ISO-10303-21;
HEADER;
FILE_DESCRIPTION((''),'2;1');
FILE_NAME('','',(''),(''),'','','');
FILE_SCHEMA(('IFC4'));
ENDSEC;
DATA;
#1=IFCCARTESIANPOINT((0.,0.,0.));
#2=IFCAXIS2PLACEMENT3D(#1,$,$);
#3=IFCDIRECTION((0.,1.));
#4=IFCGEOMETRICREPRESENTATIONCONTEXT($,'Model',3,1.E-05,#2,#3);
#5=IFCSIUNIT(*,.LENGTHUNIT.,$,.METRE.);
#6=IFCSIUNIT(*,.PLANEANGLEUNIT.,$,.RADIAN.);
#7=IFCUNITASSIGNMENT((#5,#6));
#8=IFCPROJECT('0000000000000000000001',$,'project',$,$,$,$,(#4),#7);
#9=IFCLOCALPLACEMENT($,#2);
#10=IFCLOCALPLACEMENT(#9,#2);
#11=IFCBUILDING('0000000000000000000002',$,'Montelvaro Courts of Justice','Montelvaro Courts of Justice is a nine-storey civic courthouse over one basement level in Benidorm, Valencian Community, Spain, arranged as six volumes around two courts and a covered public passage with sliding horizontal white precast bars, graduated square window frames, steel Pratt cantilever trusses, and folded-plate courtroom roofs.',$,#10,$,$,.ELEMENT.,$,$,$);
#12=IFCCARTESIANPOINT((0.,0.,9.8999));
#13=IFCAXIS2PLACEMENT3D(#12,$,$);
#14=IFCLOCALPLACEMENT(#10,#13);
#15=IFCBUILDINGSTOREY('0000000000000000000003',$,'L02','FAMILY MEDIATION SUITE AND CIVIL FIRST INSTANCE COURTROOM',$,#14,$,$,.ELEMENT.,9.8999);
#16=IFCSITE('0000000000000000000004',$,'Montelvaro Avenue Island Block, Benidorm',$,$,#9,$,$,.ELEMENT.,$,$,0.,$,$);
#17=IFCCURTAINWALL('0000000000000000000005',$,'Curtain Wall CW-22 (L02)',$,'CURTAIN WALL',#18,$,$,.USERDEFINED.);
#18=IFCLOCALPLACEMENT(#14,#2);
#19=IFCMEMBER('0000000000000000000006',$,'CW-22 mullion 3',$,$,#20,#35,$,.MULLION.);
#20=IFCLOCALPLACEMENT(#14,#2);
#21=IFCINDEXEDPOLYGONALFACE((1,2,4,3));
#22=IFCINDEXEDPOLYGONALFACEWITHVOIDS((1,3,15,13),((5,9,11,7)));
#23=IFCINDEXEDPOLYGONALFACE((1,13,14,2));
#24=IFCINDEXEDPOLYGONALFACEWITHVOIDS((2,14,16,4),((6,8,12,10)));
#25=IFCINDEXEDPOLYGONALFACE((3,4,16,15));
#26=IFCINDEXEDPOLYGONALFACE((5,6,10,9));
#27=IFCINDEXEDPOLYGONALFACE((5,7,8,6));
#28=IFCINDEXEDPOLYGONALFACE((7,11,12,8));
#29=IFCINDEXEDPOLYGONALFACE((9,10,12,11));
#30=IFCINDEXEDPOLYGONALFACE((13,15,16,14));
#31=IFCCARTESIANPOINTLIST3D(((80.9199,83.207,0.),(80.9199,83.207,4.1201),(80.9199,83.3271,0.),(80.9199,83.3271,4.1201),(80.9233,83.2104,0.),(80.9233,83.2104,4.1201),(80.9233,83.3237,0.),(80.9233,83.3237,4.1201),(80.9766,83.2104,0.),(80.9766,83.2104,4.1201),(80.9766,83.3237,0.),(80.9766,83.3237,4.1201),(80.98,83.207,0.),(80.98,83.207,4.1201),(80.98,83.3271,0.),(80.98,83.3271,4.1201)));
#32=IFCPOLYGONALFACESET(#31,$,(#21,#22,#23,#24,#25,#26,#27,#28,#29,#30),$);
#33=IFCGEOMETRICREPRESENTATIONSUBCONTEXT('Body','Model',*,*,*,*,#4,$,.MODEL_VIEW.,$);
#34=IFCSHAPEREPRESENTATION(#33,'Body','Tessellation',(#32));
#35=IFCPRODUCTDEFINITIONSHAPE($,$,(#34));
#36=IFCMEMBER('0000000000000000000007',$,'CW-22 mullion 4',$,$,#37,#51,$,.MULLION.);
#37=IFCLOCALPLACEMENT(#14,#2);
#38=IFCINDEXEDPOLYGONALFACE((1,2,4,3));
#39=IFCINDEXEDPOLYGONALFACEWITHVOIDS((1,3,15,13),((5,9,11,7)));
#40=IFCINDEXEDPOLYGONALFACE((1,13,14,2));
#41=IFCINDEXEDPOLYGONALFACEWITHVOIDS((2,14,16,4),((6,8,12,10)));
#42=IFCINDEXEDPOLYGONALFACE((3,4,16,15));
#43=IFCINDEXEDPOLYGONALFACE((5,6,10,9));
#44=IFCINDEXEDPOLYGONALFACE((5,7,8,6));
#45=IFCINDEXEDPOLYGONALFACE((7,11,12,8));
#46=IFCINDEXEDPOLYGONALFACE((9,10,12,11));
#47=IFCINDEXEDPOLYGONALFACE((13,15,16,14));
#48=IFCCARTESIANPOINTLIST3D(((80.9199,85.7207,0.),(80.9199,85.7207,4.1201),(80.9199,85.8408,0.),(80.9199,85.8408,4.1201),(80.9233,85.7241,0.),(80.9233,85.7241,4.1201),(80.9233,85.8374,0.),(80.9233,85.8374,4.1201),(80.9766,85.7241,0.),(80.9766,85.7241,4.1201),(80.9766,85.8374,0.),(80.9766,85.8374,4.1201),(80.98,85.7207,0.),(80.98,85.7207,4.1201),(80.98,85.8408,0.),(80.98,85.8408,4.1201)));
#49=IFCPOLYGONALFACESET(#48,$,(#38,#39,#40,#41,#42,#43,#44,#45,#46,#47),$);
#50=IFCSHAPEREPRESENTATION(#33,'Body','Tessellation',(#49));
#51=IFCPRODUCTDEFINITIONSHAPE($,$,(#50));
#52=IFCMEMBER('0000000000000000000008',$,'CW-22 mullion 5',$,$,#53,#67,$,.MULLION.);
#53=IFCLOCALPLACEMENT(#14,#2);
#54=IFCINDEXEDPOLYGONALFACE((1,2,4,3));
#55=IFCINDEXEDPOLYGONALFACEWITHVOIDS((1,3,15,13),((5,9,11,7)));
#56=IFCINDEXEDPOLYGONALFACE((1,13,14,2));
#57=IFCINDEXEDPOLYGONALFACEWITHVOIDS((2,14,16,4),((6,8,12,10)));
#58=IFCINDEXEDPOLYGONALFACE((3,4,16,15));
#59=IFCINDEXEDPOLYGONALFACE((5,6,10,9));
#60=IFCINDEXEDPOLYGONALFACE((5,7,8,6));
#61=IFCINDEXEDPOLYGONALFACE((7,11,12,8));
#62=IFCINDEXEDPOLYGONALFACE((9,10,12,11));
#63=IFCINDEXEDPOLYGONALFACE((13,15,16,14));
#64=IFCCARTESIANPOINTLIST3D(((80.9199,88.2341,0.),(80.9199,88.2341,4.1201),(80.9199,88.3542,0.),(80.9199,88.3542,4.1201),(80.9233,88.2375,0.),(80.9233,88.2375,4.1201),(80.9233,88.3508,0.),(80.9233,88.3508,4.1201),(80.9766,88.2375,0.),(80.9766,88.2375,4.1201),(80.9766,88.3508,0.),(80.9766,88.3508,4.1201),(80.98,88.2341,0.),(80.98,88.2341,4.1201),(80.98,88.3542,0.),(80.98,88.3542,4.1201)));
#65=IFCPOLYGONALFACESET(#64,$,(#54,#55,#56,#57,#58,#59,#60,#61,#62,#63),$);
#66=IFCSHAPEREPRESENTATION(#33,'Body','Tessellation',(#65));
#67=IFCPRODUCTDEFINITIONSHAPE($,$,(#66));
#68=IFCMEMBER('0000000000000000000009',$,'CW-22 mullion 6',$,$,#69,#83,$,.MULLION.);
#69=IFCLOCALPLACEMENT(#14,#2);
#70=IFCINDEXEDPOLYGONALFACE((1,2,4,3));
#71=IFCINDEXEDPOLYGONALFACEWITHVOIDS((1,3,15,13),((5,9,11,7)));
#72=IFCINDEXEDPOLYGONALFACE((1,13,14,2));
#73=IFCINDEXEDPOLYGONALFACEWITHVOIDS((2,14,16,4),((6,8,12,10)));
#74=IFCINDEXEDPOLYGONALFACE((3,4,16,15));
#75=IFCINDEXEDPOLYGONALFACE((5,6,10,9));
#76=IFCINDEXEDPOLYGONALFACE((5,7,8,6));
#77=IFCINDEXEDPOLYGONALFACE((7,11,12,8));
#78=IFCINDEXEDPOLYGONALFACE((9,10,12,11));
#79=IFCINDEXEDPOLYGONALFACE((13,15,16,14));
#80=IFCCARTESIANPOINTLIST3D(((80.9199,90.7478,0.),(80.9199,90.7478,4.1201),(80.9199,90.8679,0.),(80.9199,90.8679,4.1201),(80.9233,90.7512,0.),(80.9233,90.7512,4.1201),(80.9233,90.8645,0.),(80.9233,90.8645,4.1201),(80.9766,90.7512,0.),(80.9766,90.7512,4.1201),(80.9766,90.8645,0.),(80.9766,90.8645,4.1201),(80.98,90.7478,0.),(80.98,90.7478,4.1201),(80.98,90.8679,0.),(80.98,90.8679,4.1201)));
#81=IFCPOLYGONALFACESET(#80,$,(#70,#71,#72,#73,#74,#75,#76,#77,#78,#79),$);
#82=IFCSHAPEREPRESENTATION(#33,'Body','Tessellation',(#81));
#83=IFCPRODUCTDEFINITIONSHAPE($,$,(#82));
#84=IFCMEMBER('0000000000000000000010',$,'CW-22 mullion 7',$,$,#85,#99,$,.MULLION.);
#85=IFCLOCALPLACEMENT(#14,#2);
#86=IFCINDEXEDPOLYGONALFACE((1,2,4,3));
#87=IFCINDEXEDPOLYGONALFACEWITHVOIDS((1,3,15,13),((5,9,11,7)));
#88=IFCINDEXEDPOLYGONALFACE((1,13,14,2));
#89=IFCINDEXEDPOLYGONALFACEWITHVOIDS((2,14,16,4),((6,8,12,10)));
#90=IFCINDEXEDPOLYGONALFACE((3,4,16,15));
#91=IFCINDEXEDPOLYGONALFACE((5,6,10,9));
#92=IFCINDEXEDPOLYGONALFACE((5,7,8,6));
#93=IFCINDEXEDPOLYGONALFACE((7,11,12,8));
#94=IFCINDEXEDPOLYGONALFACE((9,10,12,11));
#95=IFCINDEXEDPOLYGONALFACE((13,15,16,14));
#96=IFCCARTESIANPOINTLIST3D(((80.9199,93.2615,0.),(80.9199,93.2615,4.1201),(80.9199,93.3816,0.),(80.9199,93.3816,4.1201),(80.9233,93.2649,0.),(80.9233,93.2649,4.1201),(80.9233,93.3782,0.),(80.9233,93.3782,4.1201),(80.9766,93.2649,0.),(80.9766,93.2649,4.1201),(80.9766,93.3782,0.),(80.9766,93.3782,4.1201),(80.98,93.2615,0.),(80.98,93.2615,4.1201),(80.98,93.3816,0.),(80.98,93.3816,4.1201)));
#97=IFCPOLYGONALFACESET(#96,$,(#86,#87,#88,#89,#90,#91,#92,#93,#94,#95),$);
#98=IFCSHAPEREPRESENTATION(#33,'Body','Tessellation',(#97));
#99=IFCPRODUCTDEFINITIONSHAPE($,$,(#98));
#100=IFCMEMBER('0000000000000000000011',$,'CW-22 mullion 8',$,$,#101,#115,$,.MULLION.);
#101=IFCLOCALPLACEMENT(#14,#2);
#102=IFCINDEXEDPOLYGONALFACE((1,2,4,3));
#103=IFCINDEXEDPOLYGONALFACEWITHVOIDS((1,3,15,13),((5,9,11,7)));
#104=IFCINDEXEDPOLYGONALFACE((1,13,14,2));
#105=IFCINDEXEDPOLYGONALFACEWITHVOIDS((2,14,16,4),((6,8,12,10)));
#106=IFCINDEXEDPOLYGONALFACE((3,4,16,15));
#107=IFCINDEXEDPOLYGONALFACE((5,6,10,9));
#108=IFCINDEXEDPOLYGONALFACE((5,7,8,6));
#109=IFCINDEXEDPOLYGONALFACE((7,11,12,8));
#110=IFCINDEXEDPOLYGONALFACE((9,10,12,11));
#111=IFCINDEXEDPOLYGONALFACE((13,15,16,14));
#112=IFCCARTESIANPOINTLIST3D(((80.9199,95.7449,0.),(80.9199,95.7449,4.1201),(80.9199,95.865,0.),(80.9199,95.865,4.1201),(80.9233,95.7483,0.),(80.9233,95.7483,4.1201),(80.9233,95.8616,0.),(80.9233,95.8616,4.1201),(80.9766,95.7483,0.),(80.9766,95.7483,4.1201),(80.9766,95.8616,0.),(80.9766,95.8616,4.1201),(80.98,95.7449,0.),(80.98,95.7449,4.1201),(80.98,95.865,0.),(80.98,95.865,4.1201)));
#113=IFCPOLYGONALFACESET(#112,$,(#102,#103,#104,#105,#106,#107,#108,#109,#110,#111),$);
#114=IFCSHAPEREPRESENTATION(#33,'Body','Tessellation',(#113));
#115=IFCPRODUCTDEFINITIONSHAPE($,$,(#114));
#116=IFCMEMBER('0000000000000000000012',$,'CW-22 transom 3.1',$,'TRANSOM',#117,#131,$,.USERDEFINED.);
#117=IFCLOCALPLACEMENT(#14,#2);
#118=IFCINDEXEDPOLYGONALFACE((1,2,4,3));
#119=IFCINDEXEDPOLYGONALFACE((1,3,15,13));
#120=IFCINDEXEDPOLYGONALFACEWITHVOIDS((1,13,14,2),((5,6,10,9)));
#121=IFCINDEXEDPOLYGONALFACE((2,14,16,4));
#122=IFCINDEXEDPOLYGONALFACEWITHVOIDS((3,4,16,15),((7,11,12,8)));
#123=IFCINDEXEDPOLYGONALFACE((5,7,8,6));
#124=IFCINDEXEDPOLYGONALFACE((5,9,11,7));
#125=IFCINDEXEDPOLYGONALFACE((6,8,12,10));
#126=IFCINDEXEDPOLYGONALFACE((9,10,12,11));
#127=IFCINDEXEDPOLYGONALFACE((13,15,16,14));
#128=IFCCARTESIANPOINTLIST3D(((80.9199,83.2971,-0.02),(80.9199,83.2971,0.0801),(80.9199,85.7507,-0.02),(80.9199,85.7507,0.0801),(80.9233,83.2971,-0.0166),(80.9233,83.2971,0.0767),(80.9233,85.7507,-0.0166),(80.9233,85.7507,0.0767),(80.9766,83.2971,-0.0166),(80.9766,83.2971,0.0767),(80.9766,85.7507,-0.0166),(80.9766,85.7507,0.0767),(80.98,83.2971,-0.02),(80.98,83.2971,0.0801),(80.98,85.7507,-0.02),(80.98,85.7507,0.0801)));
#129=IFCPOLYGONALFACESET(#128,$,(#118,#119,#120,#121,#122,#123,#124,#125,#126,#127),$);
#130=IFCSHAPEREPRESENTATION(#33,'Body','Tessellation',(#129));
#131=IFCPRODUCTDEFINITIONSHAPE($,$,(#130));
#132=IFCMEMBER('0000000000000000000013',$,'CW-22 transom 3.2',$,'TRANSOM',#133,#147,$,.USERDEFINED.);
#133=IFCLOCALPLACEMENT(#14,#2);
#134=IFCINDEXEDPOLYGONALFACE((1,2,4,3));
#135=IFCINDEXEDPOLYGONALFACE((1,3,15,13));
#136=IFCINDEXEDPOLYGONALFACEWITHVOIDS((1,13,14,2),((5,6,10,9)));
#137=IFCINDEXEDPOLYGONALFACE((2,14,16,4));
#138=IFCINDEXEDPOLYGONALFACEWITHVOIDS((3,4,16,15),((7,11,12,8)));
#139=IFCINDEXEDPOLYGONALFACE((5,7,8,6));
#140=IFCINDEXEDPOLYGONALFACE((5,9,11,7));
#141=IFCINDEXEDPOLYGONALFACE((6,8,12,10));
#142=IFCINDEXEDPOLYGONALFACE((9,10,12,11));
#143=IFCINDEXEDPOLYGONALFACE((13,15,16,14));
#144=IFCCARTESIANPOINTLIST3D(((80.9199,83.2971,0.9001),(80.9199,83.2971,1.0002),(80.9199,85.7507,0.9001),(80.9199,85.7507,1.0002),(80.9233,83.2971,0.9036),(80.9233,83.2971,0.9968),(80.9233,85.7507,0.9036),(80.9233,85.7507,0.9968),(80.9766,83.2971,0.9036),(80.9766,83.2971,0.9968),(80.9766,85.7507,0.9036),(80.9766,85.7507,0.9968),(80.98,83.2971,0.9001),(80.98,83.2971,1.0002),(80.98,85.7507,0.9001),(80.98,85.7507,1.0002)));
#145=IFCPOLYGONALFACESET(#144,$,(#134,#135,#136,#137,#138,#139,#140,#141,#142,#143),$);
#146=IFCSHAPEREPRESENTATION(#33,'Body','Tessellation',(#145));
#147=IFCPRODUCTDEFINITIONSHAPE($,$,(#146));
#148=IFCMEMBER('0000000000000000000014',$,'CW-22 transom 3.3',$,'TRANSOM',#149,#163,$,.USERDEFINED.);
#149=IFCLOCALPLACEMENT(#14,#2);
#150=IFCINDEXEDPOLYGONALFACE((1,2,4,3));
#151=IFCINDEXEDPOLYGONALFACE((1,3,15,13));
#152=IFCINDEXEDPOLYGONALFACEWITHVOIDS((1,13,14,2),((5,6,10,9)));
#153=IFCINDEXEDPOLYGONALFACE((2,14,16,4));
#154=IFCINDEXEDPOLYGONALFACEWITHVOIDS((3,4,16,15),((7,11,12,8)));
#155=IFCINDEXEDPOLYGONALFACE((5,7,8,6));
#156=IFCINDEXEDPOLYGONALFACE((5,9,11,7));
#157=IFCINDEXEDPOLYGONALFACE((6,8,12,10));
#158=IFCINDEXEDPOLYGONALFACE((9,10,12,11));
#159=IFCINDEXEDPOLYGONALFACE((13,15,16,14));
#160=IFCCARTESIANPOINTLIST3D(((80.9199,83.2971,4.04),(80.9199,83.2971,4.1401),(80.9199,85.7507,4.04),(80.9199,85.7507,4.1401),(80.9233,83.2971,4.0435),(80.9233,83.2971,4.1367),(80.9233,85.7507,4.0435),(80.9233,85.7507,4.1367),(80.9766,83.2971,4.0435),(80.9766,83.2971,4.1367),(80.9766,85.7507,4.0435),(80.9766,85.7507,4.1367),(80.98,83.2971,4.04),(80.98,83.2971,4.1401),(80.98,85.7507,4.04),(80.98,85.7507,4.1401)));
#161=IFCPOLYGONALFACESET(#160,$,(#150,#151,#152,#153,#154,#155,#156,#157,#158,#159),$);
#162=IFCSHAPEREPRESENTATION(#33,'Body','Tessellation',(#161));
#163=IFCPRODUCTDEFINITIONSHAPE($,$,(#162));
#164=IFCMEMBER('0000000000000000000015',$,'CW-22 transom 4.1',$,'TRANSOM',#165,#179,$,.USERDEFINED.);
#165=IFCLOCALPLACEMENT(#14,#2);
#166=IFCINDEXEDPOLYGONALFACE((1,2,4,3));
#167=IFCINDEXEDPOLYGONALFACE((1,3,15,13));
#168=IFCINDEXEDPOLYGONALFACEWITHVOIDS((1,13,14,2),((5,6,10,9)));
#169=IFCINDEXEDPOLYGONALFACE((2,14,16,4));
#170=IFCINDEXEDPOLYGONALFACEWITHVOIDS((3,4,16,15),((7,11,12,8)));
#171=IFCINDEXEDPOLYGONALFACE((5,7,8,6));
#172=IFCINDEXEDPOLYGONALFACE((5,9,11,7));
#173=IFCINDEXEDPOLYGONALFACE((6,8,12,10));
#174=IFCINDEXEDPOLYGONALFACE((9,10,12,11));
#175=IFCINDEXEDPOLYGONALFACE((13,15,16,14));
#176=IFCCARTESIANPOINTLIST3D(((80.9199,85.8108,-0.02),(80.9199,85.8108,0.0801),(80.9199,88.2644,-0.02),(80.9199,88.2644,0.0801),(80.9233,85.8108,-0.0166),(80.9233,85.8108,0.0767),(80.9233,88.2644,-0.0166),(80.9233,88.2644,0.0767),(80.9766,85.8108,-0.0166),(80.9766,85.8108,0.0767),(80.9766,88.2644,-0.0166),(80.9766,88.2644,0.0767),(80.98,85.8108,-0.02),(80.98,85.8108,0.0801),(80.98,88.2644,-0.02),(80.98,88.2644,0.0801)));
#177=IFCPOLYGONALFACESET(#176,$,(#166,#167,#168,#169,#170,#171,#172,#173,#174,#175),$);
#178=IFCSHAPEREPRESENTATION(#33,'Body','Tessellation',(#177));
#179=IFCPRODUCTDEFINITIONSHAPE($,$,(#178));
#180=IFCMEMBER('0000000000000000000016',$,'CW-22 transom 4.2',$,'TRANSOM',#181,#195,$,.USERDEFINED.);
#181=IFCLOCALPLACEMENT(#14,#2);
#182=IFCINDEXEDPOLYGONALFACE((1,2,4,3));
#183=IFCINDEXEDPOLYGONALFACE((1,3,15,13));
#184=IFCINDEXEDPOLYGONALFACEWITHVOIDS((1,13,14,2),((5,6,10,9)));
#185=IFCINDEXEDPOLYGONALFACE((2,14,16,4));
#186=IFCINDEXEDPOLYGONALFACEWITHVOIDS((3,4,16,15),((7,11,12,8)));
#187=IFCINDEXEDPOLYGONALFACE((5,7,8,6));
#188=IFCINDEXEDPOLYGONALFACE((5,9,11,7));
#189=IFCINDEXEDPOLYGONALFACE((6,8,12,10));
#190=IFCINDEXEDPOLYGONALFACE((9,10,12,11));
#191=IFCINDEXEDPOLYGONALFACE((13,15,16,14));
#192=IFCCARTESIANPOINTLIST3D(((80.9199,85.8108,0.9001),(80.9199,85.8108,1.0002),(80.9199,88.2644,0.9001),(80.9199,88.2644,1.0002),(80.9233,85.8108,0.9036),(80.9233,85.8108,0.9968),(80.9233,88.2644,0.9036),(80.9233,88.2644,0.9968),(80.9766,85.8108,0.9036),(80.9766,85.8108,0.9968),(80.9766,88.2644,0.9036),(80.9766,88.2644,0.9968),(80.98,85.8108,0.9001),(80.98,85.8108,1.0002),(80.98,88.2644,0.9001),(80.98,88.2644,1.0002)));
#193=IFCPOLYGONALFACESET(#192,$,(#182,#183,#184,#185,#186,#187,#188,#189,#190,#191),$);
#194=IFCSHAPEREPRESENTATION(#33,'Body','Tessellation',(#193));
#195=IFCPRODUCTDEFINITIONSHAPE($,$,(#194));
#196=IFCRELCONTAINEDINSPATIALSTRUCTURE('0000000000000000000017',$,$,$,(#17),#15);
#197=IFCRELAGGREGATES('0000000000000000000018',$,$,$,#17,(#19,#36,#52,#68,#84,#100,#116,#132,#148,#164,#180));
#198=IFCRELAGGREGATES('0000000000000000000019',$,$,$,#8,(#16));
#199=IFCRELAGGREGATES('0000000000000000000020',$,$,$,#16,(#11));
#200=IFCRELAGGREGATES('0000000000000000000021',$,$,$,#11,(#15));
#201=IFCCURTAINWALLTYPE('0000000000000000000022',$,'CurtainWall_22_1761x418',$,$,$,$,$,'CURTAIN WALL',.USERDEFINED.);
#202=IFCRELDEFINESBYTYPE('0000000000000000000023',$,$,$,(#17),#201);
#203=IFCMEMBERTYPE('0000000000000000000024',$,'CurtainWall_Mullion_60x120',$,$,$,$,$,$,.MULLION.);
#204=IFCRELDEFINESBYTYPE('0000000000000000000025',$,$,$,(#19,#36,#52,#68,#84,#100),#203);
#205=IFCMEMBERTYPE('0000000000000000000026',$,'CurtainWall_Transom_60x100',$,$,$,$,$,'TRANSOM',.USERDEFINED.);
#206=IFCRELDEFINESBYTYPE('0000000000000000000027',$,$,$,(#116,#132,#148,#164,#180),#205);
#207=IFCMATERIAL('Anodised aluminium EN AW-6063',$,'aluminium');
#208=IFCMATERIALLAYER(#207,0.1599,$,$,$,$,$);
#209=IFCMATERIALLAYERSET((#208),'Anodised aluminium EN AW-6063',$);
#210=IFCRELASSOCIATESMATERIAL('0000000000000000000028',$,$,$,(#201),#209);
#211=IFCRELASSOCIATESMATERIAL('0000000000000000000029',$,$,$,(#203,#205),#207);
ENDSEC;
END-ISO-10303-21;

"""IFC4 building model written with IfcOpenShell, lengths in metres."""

from ifc_helpers import new_model, si_unit, direction, frame, origin, origin_2d, place, context, subcontext, project, spatial, hollow_rectangle, extrude, material, layer, layer_set, material_profile, profile_set, type_object, element, aggregate, save


model = new_model("IFC4")

# Units and contexts
model_context = context("Model", 3, precision=1e-05, world=origin(), true_north=direction((0.0, 1.0)))
body_context = subcontext(model_context, "Body", "Model", "MODEL_VIEW")
ifc_project = project(units=[si_unit("LENGTHUNIT", "METRE"), si_unit("PLANEANGLEUNIT", "RADIAN")], contexts=[model_context])

# Site, building, storey
site_placement = place(None, origin())
site = spatial("IfcSite", under=ifc_project, at=site_placement, Name="Montelvaro Avenue Island Block, Benidorm", CompositionType="ELEMENT", RefElevation=0.0)
building_placement = place(site_placement, origin())
building = spatial("IfcBuilding", under=site, at=building_placement, Name="Montelvaro Courts of Justice", Description="Montelvaro Courts of Justice is a nine-storey civic courthouse over one basement level in Benidorm, Valencian Community, Spain, arranged as six volumes around two courts and a covered public passage with sliding horizontal white precast bars, graduated square window frames, steel Pratt cantilever trusses, and folded-plate courtroom roofs.", CompositionType="ELEMENT")
storey_placement = place(building_placement, frame((0.0, 0.0, 9.8999)))
storey = spatial("IfcBuildingStorey", under=building, at=storey_placement, Name="L02", Description="FAMILY MEDIATION SUITE AND CIVIL FIRST INSTANCE COURTROOM", CompositionType="ELEMENT", Elevation=9.8999)

# Curtain wall, members
ifc_material_1 = material(Name="Anodised aluminium EN AW-6063", Category="aluminium")
ifc_layer_1 = layer(ifc_material_1, 0.1599)
ifc_layer_set_1 = layer_set([ifc_layer_1], Name="Anodised aluminium EN AW-6063")
curtain_wall_type = type_object("IfcCurtainWallType", Name="CurtainWall_22_1761x418", ElementType="CURTAIN WALL", PredefinedType="USERDEFINED", material=ifc_layer_set_1)
curtain_wall_placement = place(storey_placement, origin())
curtain_wall = element("IfcCurtainWall", 1, at=curtain_wall_placement, inside=storey, type_object=curtain_wall_type, Name="Curtain Wall CW-22 (L02)", ObjectType="CURTAIN WALL", PredefinedType="USERDEFINED")
ifc_material_profile_1 = material_profile(ifc_material_1, hollow_rectangle(XDim=0.0601, YDim=0.1201, WallThickness=0.0034, at=origin_2d()), Name="ALU-M 60x120")
ifc_profile_set_1 = profile_set([ifc_material_profile_1], Name="Anodised aluminium EN AW-6063")
member_type_1 = type_object("IfcMemberType", Name="CurtainWall_Mullion_60x120", PredefinedType="MULLION", material=ifc_profile_set_1)
member_1_placement = place(storey_placement, frame((80.95, 83.2671, 0.0), z_axis=(0.0, 0.0, 1.0), x_axis=(-1.0, 0.0, 0.0)))
member_1 = element("IfcMember", 2, at=member_1_placement, type_object=member_type_1, Name="CW-22 mullion 3", PredefinedType="MULLION", context=body_context, shape_type="SweptSolid", body=[
    extrude(hollow_rectangle(XDim=0.0601, YDim=0.1201, WallThickness=0.0034, at=origin_2d()), origin(), (0.0, 0.0, 1.0), 4.1201),
])
member_2_placement = place(storey_placement, frame((80.95, 85.7808, 0.0), z_axis=(0.0, 0.0, 1.0), x_axis=(-1.0, 0.0, 0.0)))
member_2 = element("IfcMember", 3, at=member_2_placement, type_object=member_type_1, Name="CW-22 mullion 4", PredefinedType="MULLION", context=body_context, shape_type="SweptSolid", body=[
    extrude(hollow_rectangle(XDim=0.0601, YDim=0.1201, WallThickness=0.0034, at=origin_2d()), origin(), (0.0, 0.0, 1.0), 4.1201),
])
member_3_placement = place(storey_placement, frame((80.95, 88.2942, 0.0), z_axis=(0.0, 0.0, 1.0), x_axis=(-1.0, 0.0, 0.0)))
member_3 = element("IfcMember", 4, at=member_3_placement, type_object=member_type_1, Name="CW-22 mullion 5", PredefinedType="MULLION", context=body_context, shape_type="SweptSolid", body=[
    extrude(hollow_rectangle(XDim=0.0601, YDim=0.1201, WallThickness=0.0034, at=origin_2d()), origin(), (0.0, 0.0, 1.0), 4.1201),
])
member_4_placement = place(storey_placement, frame((80.95, 90.8079, 0.0), z_axis=(0.0, 0.0, 1.0), x_axis=(-1.0, 0.0, 0.0)))
member_4 = element("IfcMember", 5, at=member_4_placement, type_object=member_type_1, Name="CW-22 mullion 6", PredefinedType="MULLION", context=body_context, shape_type="SweptSolid", body=[
    extrude(hollow_rectangle(XDim=0.0601, YDim=0.1201, WallThickness=0.0034, at=origin_2d()), origin(), (0.0, 0.0, 1.0), 4.1201),
])
member_5_placement = place(storey_placement, frame((80.95, 93.3215, 0.0), z_axis=(0.0, 0.0, 1.0), x_axis=(-1.0, 0.0, 0.0)))
member_5 = element("IfcMember", 6, at=member_5_placement, type_object=member_type_1, Name="CW-22 mullion 7", PredefinedType="MULLION", context=body_context, shape_type="SweptSolid", body=[
    extrude(hollow_rectangle(XDim=0.0601, YDim=0.1201, WallThickness=0.0034, at=origin_2d()), origin(), (0.0, 0.0, 1.0), 4.1201),
])
member_6_placement = place(storey_placement, frame((80.95, 95.8049, 0.0), z_axis=(0.0, 0.0, 1.0), x_axis=(-1.0, 0.0, 0.0)))
member_6 = element("IfcMember", 7, at=member_6_placement, type_object=member_type_1, Name="CW-22 mullion 8", PredefinedType="MULLION", context=body_context, shape_type="SweptSolid", body=[
    extrude(hollow_rectangle(XDim=0.0601, YDim=0.1201, WallThickness=0.0034, at=origin_2d()), origin(), (0.0, 0.0, 1.0), 4.1201),
])
ifc_material_profile_2 = material_profile(ifc_material_1, hollow_rectangle(XDim=0.0601, YDim=0.1001, WallThickness=0.0034, at=origin_2d()), Name="ALU-T 60x100")
ifc_profile_set_2 = profile_set([ifc_material_profile_2], Name="Anodised aluminium EN AW-6063")
member_type_2 = type_object("IfcMemberType", Name="CurtainWall_Transom_60x100", ElementType="TRANSOM", PredefinedType="USERDEFINED", material=ifc_profile_set_2)
member_7_placement = place(storey_placement, frame((80.95, 83.2971, 0.03), z_axis=(0.0, 1.0, 0.0), x_axis=(-1.0, 0.0, 0.0)))
member_7 = element("IfcMember", 8, at=member_7_placement, type_object=member_type_2, Name="CW-22 transom 3.1", ObjectType="TRANSOM", PredefinedType="USERDEFINED", context=body_context, shape_type="SweptSolid", body=[
    extrude(hollow_rectangle(XDim=0.0601, YDim=0.1001, WallThickness=0.0034, at=origin_2d()), origin(), (0.0, 0.0, 1.0), 2.4536),
])
member_8_placement = place(storey_placement, frame((80.95, 83.2971, 0.9502), z_axis=(0.0, 1.0, 0.0), x_axis=(-1.0, 0.0, 0.0)))
member_8 = element("IfcMember", 9, at=member_8_placement, type_object=member_type_2, Name="CW-22 transom 3.2", ObjectType="TRANSOM", PredefinedType="USERDEFINED", context=body_context, shape_type="SweptSolid", body=[
    extrude(hollow_rectangle(XDim=0.0601, YDim=0.1001, WallThickness=0.0034, at=origin_2d()), origin(), (0.0, 0.0, 1.0), 2.4536),
])
member_9_placement = place(storey_placement, frame((80.95, 83.2971, 4.0901), z_axis=(0.0, 1.0, 0.0), x_axis=(-1.0, 0.0, 0.0)))
member_9 = element("IfcMember", 10, at=member_9_placement, type_object=member_type_2, Name="CW-22 transom 3.3", ObjectType="TRANSOM", PredefinedType="USERDEFINED", context=body_context, shape_type="SweptSolid", body=[
    extrude(hollow_rectangle(XDim=0.0601, YDim=0.1001, WallThickness=0.0034, at=origin_2d()), origin(), (0.0, 0.0, 1.0), 2.4536),
])
member_10_placement = place(storey_placement, frame((80.95, 85.8108, 0.03), z_axis=(0.0, 1.0, 0.0), x_axis=(-1.0, 0.0, 0.0)))
member_10 = element("IfcMember", 11, at=member_10_placement, type_object=member_type_2, Name="CW-22 transom 4.1", ObjectType="TRANSOM", PredefinedType="USERDEFINED", context=body_context, shape_type="SweptSolid", body=[
    extrude(hollow_rectangle(XDim=0.0601, YDim=0.1001, WallThickness=0.0034, at=origin_2d()), origin(), (0.0, 0.0, 1.0), 2.4536),
])
member_11_placement = place(storey_placement, frame((80.95, 85.8108, 0.9502), z_axis=(0.0, 1.0, 0.0), x_axis=(-1.0, 0.0, 0.0)))
member_11 = element("IfcMember", 12, at=member_11_placement, type_object=member_type_2, Name="CW-22 transom 4.2", ObjectType="TRANSOM", PredefinedType="USERDEFINED", context=body_context, shape_type="SweptSolid", body=[
    extrude(hollow_rectangle(XDim=0.0601, YDim=0.1001, WallThickness=0.0034, at=origin_2d()), origin(), (0.0, 0.0, 1.0), 2.4536),
])
aggregate(curtain_wall, [member_1, member_2, member_3, member_4, member_5, member_6, member_7, member_8, member_9, member_10, member_11])

save(model, "model.ifc")
